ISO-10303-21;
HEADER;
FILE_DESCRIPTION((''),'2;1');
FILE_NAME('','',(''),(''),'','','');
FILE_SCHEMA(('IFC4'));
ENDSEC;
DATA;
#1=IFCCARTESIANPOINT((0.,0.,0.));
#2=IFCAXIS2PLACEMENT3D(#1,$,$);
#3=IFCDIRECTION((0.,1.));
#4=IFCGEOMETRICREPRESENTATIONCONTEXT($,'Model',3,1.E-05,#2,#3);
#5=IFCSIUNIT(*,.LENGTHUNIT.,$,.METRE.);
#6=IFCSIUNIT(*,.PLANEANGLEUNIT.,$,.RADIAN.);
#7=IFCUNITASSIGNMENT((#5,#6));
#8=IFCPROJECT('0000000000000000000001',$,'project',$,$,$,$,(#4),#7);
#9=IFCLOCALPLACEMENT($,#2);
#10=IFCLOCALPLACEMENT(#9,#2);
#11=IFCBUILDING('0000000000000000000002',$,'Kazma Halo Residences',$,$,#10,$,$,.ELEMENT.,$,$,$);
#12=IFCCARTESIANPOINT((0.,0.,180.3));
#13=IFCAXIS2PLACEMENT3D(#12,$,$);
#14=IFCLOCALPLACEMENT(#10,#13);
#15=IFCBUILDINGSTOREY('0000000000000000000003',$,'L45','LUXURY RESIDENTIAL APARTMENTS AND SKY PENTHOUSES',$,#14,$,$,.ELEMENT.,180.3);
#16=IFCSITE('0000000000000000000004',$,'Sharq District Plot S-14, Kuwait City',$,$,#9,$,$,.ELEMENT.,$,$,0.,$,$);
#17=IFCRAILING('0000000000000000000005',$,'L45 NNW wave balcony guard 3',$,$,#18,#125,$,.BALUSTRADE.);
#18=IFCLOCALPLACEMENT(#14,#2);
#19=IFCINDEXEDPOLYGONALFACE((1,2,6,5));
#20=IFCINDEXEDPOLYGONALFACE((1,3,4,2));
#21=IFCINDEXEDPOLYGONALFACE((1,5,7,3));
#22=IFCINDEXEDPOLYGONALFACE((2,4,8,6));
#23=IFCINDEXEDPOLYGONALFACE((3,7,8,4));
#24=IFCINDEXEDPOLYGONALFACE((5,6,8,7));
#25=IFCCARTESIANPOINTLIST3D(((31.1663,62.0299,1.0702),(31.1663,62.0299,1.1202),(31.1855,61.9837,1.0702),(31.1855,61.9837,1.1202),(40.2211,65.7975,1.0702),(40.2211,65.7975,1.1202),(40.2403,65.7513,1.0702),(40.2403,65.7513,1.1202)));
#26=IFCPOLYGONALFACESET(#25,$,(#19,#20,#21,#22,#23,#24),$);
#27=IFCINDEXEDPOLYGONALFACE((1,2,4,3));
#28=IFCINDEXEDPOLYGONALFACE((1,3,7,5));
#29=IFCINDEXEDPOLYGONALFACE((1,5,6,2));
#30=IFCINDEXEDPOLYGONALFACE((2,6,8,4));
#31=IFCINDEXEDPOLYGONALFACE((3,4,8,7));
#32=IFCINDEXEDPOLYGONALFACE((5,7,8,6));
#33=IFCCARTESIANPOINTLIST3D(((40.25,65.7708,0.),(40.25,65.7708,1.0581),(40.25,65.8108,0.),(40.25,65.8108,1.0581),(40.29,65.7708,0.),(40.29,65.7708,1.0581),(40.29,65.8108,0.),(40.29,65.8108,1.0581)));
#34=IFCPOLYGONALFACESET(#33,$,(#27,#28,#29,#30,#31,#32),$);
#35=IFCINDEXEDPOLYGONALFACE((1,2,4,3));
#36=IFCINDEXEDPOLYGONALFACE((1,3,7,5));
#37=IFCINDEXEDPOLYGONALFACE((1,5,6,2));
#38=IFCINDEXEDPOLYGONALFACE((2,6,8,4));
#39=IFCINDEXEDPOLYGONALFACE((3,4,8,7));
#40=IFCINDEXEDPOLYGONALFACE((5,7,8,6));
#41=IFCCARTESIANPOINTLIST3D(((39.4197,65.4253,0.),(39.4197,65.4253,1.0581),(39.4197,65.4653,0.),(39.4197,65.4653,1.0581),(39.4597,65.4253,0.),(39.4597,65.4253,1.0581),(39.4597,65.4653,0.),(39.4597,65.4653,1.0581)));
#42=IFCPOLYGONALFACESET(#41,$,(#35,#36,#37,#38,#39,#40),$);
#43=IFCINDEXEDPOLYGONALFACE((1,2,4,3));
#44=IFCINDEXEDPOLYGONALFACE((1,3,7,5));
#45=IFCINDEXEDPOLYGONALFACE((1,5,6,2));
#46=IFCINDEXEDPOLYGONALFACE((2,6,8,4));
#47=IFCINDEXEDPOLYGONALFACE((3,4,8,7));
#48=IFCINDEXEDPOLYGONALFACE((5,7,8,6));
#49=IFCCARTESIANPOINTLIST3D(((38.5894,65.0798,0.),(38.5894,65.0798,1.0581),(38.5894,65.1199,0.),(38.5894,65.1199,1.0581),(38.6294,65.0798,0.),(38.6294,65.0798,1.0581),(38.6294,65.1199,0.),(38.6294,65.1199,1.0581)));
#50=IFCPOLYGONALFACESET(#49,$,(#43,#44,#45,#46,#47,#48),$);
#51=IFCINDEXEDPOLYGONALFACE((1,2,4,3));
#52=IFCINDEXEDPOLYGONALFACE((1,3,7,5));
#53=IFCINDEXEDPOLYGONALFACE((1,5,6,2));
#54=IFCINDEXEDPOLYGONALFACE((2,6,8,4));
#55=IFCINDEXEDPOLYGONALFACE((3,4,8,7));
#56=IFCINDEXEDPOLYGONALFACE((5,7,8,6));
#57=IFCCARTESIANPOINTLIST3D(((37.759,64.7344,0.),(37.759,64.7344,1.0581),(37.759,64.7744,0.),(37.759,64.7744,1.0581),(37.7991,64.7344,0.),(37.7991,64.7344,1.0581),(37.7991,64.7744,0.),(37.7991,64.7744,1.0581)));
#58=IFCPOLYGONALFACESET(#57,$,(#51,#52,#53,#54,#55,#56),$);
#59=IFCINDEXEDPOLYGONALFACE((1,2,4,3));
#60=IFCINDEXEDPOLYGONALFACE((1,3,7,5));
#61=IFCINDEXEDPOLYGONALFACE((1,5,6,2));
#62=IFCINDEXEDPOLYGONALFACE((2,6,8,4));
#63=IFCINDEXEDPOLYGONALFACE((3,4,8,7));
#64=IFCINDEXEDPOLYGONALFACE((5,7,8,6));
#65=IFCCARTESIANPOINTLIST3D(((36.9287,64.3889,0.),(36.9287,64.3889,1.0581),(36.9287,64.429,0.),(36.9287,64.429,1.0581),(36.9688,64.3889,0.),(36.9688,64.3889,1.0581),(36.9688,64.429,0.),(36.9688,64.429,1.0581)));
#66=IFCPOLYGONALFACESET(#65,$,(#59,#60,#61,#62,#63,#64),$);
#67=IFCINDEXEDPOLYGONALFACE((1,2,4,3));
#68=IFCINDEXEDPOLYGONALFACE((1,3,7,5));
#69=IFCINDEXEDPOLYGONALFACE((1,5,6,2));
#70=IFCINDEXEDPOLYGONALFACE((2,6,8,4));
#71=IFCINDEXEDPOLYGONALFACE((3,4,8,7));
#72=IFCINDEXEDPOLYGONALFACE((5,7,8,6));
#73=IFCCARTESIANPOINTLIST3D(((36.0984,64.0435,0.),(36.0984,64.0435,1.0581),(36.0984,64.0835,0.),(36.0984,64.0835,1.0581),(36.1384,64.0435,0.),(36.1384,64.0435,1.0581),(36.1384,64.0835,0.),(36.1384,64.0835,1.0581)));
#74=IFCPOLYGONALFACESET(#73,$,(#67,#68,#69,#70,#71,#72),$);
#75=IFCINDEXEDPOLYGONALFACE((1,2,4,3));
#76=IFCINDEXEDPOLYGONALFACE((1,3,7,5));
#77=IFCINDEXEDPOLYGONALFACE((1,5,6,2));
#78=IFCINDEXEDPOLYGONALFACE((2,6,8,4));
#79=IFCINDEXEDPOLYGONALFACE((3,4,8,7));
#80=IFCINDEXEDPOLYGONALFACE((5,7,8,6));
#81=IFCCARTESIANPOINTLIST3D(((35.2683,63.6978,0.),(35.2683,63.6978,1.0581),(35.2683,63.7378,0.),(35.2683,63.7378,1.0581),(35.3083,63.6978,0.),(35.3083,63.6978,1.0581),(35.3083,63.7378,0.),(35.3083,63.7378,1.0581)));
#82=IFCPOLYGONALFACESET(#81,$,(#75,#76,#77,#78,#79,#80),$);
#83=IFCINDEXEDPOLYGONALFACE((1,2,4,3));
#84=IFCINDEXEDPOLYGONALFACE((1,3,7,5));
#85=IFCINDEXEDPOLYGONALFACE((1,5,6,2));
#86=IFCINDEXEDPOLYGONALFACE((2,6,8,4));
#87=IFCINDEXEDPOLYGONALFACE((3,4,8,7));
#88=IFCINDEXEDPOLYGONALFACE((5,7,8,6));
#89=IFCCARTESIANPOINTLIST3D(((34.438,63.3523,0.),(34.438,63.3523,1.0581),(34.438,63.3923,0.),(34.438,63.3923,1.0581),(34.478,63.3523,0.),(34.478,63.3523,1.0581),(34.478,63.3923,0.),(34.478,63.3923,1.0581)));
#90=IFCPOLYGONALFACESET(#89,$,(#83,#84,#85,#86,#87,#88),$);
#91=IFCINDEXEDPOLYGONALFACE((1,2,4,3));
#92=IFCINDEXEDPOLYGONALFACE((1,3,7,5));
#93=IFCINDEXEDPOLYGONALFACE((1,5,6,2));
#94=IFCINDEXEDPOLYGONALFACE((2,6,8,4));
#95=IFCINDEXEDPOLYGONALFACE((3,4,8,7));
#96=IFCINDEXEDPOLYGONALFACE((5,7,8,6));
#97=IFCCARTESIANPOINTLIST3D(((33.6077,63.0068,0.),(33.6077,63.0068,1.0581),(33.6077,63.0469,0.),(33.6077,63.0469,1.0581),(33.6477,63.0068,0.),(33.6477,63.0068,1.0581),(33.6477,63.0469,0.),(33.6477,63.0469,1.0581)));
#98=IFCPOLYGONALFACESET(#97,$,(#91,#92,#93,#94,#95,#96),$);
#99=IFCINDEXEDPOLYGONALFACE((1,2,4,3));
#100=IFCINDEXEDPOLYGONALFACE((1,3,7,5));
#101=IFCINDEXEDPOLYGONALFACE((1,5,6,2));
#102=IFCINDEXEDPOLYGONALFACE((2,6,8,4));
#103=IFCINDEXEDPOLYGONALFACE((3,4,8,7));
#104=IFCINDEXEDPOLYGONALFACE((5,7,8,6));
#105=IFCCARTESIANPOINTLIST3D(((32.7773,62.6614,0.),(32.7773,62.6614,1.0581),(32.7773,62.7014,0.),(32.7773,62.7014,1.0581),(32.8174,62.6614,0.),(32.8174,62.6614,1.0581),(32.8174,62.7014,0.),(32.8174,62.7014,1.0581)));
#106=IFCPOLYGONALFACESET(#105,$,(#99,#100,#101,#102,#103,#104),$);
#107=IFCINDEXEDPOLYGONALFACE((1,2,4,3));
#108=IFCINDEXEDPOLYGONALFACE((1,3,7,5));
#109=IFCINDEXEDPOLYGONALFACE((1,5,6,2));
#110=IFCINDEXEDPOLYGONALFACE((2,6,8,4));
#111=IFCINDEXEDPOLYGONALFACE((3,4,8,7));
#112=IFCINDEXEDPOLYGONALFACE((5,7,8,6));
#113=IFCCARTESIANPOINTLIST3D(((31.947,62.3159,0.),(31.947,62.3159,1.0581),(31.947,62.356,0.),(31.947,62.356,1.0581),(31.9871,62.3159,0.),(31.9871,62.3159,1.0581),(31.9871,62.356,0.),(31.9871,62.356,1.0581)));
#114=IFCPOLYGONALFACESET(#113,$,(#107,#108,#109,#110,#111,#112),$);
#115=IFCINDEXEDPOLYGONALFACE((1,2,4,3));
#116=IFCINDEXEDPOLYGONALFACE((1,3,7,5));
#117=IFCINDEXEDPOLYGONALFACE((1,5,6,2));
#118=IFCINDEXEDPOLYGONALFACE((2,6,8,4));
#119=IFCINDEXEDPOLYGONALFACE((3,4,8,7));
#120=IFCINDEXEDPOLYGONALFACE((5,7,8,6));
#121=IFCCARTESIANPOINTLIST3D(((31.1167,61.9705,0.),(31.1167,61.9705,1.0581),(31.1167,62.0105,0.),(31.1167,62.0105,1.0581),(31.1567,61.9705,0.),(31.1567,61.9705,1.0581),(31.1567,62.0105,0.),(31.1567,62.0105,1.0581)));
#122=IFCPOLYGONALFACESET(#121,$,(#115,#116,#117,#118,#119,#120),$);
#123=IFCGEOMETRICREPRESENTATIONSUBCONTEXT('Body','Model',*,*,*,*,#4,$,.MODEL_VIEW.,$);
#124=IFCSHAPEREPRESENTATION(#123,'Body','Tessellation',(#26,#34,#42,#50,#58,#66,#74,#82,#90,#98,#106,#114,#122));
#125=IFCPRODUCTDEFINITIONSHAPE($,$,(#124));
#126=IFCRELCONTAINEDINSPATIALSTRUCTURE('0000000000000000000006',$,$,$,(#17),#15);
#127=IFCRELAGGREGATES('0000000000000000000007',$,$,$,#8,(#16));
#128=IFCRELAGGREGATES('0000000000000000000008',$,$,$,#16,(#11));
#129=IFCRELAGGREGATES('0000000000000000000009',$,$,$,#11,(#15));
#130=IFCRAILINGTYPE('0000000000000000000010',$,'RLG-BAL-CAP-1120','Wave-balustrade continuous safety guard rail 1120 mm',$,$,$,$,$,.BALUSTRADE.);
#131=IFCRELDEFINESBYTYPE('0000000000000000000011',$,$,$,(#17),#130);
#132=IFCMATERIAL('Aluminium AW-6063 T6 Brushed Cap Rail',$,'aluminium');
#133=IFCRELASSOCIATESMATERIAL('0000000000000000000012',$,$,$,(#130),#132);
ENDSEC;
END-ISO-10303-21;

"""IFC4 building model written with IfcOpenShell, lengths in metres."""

from ifc_helpers import new_model, si_unit, direction, frame, origin, origin_2d, place, context, subcontext, project, spatial, rectangle, extrude, material, type_object, element, save


model = new_model("IFC4")

# Units and contexts
model_context = context("Model", 3, precision=1e-05, world=origin(), true_north=direction((0.0, 1.0)))
body_context = subcontext(model_context, "Body", "Model", "MODEL_VIEW")
ifc_project = project(units=[si_unit("LENGTHUNIT", "METRE"), si_unit("PLANEANGLEUNIT", "RADIAN")], contexts=[model_context])

# Site, building, storey
site_placement = place(None, origin())
site = spatial("IfcSite", under=ifc_project, at=site_placement, Name="Sharq District Plot S-14, Kuwait City", CompositionType="ELEMENT", RefElevation=0.0)
building_placement = place(site_placement, origin())
building = spatial("IfcBuilding", under=site, at=building_placement, Name="Kazma Halo Residences", CompositionType="ELEMENT")
storey_placement = place(building_placement, frame((0.0, 0.0, 180.3)))
storey = spatial("IfcBuildingStorey", under=building, at=storey_placement, Name="L45", Description="LUXURY RESIDENTIAL APARTMENTS AND SKY PENTHOUSES", CompositionType="ELEMENT", Elevation=180.3)

# Railing
ifc_material_1 = material(Name="Aluminium AW-6063 T6 Brushed Cap Rail", Category="aluminium")
railing_type = type_object("IfcRailingType", Name="RLG-BAL-CAP-1120", Description="Wave-balustrade continuous safety guard rail 1120 mm", PredefinedType="BALUSTRADE", material=ifc_material_1)
railing_placement = place(storey_placement, frame((40.27, 65.7908, 0.0)))
element("IfcRailing", 1, at=railing_placement, inside=storey, type_object=railing_type, Name="L45 NNW wave balcony guard 3", PredefinedType="BALUSTRADE", context=body_context, shape_type="SweptSolid", body=[
    extrude(rectangle(XDim=0.05, YDim=0.05, at=origin_2d()), frame((-0.0393, -0.0164, 1.0952), z_axis=(-0.923265, -0.384163, 0.0), x_axis=(0.384163, -0.923265, 0.0)), (0.0, 0.0, 1.0), 9.8074),
    extrude(rectangle(XDim=0.04, YDim=0.04, at=origin_2d()), origin(), (0.0, 0.0, 1.0), 1.0581),
    extrude(rectangle(XDim=0.04, YDim=0.04, at=origin_2d()), frame((-0.8303, -0.3455, 0.0)), (0.0, 0.0, 1.0), 1.0581),
    extrude(rectangle(XDim=0.04, YDim=0.04, at=origin_2d()), frame((-1.6606, -0.6909, 0.0)), (0.0, 0.0, 1.0), 1.0581),
    extrude(rectangle(XDim=0.04, YDim=0.04, at=origin_2d()), frame((-2.491, -1.0364, 0.0)), (0.0, 0.0, 1.0), 1.0581),
    extrude(rectangle(XDim=0.04, YDim=0.04, at=origin_2d()), frame((-3.3213, -1.3818, 0.0)), (0.0, 0.0, 1.0), 1.0581),
    extrude(rectangle(XDim=0.04, YDim=0.04, at=origin_2d()), frame((-4.1516, -1.7273, 0.0)), (0.0, 0.0, 1.0), 1.0581),
    extrude(rectangle(XDim=0.04, YDim=0.04, at=origin_2d()), frame((-4.9817, -2.073, 0.0)), (0.0, 0.0, 1.0), 1.0581),
    extrude(rectangle(XDim=0.04, YDim=0.04, at=origin_2d()), frame((-5.812, -2.4185, 0.0)), (0.0, 0.0, 1.0), 1.0581),
    extrude(rectangle(XDim=0.04, YDim=0.04, at=origin_2d()), frame((-6.6423, -2.7639, 0.0)), (0.0, 0.0, 1.0), 1.0581),
    extrude(rectangle(XDim=0.04, YDim=0.04, at=origin_2d()), frame((-7.4727, -3.1094, 0.0)), (0.0, 0.0, 1.0), 1.0581),
    extrude(rectangle(XDim=0.04, YDim=0.04, at=origin_2d()), frame((-8.303, -3.4548, 0.0)), (0.0, 0.0, 1.0), 1.0581),
    extrude(rectangle(XDim=0.04, YDim=0.04, at=origin_2d()), frame((-9.1333, -3.8003, 0.0)), (0.0, 0.0, 1.0), 1.0581),
])

save(model, "model.ifc")
